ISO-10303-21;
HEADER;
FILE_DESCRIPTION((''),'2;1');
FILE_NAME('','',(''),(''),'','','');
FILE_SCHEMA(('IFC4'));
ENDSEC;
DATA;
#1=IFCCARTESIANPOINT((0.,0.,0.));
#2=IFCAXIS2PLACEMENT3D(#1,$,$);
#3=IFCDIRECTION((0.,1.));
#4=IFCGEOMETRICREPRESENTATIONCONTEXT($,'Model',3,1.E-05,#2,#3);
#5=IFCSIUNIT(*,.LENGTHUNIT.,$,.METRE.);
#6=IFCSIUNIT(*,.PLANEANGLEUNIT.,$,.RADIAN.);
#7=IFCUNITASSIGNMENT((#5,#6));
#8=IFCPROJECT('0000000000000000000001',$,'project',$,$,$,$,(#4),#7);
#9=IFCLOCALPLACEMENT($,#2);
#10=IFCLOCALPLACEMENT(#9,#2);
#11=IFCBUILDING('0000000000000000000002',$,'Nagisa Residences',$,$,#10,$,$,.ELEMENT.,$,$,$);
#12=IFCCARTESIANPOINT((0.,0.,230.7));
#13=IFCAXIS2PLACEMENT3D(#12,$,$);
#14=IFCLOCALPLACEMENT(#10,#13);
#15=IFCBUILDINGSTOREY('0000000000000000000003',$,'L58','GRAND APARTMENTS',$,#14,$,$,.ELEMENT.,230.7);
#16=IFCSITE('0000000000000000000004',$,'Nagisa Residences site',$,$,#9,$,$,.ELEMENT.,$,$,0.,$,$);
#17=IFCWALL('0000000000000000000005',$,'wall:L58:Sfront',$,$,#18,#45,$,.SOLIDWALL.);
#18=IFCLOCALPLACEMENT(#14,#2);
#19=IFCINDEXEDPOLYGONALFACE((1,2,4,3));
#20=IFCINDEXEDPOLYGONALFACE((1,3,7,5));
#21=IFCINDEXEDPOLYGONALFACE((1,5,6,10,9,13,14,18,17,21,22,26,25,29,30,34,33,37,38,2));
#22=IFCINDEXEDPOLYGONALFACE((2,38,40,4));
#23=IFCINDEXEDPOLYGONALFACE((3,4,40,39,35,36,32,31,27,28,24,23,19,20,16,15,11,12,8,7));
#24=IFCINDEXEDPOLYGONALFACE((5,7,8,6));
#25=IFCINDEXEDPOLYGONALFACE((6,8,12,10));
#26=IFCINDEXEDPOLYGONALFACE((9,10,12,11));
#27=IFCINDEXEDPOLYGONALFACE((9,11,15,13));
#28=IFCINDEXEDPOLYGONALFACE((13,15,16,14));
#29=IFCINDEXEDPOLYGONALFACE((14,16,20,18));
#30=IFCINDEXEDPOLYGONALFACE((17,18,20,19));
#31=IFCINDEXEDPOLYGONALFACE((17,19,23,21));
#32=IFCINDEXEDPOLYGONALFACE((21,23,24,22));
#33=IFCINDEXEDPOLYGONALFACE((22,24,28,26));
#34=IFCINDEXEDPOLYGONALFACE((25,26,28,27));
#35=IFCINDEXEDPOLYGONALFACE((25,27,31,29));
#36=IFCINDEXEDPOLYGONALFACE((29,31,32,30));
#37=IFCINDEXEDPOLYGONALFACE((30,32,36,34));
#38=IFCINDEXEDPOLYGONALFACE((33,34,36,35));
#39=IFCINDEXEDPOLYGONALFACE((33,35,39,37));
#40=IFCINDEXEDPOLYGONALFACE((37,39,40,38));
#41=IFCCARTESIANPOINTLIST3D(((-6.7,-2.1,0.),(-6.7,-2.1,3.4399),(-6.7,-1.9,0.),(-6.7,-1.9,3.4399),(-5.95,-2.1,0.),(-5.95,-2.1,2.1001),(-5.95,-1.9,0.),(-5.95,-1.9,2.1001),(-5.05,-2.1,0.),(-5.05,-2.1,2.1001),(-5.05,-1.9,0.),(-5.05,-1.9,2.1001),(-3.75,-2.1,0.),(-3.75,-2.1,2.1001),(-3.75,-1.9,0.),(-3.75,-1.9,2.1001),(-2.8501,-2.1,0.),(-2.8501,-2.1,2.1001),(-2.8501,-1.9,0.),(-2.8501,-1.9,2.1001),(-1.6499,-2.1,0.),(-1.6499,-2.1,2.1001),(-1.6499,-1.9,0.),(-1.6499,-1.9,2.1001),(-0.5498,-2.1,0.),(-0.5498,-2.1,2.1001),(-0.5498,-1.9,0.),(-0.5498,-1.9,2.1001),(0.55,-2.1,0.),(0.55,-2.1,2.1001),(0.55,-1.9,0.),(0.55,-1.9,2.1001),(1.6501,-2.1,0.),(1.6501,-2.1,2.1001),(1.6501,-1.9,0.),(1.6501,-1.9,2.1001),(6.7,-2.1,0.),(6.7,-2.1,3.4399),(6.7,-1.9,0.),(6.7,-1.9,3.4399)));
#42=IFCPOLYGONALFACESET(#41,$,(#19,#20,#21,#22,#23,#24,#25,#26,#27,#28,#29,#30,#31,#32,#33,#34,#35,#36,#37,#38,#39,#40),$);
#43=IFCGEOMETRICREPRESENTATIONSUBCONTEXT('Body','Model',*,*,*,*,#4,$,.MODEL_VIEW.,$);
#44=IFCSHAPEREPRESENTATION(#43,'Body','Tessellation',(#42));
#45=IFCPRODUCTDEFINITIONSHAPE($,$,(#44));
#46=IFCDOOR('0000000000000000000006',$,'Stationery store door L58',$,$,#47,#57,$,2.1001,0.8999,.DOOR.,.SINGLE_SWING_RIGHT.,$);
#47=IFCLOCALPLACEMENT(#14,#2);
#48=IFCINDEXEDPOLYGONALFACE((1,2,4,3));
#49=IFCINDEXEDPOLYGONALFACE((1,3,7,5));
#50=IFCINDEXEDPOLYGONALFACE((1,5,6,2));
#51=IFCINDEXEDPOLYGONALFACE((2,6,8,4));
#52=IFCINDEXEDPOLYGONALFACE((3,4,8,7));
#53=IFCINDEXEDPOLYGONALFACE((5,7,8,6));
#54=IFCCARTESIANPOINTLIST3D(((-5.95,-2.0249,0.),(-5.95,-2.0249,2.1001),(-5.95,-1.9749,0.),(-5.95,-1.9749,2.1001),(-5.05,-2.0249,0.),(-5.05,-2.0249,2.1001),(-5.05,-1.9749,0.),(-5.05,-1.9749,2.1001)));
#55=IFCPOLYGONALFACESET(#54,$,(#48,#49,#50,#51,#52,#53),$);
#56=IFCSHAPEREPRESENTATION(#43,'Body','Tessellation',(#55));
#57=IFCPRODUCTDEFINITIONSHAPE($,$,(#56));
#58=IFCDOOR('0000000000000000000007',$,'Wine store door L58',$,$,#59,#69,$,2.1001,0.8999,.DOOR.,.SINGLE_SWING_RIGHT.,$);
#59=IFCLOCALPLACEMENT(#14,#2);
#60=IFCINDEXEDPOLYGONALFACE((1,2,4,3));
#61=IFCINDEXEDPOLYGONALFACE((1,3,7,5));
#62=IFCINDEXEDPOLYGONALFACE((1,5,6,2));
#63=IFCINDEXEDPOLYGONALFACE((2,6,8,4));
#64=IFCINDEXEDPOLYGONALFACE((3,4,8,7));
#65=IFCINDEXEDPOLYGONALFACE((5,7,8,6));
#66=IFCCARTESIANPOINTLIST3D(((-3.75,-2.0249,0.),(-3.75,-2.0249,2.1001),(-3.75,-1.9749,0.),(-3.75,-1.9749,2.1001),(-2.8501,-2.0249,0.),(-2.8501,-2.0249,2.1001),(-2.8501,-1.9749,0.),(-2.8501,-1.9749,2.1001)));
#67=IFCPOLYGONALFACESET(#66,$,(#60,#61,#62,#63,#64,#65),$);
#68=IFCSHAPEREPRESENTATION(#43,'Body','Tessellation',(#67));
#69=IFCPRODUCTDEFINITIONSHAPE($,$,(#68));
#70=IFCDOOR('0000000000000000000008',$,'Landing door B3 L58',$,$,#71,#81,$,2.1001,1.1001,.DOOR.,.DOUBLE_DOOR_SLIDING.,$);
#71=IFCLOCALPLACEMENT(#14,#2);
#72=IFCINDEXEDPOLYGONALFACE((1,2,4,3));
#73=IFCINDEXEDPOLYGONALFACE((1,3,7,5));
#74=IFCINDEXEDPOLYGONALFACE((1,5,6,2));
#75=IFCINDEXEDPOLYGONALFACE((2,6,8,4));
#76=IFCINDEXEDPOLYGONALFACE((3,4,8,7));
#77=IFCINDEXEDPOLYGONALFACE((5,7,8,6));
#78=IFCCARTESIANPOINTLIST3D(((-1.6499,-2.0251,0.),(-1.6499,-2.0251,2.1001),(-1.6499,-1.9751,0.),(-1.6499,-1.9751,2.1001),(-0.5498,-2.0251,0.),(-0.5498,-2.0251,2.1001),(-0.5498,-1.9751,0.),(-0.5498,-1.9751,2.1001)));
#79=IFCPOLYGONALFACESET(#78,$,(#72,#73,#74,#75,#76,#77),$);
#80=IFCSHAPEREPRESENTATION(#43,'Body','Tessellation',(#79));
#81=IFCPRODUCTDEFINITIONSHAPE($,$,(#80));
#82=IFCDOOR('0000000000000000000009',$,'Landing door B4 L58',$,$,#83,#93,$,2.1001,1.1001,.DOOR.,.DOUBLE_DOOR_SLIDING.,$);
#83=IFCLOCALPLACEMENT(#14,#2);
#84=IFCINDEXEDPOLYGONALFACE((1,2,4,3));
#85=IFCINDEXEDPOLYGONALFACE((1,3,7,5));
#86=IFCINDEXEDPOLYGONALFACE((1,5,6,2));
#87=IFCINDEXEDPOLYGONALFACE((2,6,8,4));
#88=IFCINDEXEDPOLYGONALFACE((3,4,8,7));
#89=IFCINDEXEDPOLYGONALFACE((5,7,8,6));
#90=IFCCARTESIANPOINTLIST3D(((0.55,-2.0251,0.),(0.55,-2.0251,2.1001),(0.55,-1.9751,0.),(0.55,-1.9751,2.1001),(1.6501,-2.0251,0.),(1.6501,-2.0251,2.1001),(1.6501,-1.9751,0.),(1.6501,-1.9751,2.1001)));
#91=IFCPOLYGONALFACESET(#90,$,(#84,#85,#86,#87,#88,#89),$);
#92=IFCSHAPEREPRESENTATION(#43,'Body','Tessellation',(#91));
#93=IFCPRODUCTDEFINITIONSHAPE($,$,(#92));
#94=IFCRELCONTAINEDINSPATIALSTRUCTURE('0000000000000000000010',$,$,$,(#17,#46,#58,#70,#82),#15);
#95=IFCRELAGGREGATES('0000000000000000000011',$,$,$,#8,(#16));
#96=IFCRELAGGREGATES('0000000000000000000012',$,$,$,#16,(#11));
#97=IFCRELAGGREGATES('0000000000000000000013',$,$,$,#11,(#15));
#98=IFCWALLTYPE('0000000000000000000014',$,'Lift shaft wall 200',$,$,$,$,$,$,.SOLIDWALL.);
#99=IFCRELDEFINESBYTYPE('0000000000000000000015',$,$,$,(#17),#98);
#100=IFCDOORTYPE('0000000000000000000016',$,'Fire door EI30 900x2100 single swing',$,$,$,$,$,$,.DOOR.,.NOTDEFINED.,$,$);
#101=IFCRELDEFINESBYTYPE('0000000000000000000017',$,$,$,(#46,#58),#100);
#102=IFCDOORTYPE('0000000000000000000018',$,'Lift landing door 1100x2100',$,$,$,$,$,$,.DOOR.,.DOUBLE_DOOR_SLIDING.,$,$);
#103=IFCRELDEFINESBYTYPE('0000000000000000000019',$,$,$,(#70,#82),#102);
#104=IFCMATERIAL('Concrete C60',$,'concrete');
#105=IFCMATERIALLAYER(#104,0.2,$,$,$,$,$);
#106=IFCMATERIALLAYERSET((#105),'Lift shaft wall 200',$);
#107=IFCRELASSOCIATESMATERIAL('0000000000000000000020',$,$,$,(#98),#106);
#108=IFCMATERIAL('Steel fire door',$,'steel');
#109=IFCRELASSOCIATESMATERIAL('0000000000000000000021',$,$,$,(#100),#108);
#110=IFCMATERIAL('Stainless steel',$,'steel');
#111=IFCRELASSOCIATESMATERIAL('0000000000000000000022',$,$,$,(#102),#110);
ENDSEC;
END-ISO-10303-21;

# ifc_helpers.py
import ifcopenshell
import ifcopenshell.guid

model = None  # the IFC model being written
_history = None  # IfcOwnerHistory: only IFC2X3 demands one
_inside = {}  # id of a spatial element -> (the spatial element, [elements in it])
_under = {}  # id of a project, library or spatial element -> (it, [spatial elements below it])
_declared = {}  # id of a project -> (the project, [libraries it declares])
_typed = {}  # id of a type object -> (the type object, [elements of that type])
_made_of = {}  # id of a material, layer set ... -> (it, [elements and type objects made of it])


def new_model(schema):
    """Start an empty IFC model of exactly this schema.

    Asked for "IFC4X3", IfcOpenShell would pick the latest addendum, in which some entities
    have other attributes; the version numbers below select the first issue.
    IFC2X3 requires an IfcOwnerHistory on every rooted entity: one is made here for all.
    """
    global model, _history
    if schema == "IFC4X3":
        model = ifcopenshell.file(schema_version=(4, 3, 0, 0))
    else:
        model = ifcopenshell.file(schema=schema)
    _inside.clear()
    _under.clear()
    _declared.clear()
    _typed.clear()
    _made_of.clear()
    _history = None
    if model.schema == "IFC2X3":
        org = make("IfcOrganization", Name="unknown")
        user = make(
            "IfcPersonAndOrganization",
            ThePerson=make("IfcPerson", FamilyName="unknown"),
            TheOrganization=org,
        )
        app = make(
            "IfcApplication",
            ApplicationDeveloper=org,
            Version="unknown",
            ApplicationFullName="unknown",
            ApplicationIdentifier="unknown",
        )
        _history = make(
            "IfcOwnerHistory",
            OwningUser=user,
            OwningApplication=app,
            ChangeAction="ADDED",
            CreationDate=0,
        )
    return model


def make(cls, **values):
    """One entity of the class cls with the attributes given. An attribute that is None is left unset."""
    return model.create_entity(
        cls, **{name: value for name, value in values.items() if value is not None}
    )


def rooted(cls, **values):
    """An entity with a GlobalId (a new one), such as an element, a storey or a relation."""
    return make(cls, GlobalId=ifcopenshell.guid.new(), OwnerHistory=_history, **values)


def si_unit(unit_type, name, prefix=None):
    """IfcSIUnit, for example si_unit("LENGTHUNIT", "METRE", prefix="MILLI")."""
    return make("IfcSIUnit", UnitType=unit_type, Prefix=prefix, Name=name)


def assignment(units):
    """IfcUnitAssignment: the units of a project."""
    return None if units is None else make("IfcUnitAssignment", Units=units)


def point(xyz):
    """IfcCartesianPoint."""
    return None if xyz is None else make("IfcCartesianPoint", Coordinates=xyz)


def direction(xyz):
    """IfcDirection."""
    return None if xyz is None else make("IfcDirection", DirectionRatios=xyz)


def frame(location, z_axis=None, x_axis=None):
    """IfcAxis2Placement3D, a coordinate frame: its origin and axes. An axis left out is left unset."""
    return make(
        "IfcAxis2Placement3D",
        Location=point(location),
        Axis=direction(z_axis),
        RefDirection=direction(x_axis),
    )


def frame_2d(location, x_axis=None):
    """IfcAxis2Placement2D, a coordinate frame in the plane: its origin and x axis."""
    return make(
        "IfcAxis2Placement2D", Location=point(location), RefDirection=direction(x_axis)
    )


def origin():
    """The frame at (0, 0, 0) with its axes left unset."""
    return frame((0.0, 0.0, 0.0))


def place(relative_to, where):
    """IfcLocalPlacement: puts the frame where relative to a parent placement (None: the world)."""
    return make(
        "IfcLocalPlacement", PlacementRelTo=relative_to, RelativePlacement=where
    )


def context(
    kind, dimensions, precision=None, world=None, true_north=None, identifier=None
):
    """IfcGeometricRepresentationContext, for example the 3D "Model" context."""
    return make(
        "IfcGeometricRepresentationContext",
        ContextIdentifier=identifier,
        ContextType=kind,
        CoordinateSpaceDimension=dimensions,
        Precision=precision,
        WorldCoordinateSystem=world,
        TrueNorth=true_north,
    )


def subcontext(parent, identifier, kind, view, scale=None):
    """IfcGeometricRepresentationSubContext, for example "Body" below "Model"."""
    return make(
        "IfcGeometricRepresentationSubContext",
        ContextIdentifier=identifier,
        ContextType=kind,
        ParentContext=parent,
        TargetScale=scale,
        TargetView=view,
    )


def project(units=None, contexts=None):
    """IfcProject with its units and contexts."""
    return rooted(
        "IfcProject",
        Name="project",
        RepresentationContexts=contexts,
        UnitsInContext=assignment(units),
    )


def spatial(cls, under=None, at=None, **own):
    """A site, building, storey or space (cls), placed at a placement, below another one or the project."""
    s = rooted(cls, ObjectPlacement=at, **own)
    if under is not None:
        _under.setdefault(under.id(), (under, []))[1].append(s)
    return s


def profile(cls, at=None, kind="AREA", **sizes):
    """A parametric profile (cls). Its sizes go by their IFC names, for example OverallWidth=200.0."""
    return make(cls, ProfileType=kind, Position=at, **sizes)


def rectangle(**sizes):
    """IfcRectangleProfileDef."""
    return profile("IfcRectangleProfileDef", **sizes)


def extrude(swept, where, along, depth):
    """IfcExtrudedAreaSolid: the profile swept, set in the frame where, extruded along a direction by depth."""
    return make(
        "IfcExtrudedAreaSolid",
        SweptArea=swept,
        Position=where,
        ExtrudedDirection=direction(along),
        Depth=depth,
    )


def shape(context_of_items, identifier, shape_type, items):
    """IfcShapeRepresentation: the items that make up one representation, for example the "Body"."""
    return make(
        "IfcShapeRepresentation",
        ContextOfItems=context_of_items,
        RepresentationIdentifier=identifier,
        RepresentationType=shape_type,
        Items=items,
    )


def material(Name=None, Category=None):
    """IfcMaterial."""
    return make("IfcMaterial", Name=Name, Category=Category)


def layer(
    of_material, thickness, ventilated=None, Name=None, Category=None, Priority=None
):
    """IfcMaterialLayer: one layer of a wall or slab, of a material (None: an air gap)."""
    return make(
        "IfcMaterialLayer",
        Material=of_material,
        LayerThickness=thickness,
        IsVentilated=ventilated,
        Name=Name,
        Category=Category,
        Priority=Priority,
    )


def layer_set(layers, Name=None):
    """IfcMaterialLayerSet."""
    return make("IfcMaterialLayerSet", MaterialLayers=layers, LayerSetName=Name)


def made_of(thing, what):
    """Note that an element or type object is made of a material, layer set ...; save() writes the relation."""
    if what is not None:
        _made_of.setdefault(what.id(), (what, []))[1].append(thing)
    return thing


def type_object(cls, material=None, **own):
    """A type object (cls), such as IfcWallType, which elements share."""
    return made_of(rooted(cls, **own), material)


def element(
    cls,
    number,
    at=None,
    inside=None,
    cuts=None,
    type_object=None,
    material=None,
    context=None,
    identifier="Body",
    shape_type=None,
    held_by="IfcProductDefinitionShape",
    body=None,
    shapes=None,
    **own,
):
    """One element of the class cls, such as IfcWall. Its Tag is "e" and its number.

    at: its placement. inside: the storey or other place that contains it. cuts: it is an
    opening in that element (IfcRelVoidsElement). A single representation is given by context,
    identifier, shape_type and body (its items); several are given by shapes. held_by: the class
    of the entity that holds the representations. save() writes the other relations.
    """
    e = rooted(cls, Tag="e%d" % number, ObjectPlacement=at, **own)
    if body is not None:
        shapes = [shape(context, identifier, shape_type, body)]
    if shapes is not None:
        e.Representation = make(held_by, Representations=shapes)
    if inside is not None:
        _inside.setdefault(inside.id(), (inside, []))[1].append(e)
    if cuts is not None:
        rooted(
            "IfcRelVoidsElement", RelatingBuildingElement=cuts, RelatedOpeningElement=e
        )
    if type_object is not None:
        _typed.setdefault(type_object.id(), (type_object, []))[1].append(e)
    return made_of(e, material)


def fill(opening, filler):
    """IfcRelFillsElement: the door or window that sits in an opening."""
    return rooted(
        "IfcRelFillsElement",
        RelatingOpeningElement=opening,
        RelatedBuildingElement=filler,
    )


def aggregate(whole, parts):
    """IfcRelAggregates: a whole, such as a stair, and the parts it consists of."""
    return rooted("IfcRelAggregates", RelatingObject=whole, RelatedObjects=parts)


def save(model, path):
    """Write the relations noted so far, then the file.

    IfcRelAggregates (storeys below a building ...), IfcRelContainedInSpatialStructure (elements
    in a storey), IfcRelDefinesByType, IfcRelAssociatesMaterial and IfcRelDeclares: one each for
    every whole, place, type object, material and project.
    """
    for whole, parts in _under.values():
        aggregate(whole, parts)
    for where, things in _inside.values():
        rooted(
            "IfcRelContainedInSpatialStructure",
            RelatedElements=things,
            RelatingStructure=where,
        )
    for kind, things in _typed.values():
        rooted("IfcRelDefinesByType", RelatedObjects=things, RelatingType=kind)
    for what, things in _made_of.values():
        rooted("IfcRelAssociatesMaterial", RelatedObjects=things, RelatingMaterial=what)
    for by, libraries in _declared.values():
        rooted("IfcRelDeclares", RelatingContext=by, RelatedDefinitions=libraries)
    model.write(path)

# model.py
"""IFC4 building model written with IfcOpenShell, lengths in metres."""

from ifc_helpers import new_model, si_unit, direction, frame, frame_2d, origin, place, context, subcontext, project, spatial, rectangle, extrude, material, layer, layer_set, type_object, element, fill, save


model = new_model("IFC4")

# Units and contexts
model_context = context("Model", 3, precision=1e-05, world=origin(), true_north=direction((0.0, 1.0)))
body_context = subcontext(model_context, "Body", "Model", "MODEL_VIEW")
ifc_project = project(units=[si_unit("LENGTHUNIT", "METRE"), si_unit("PLANEANGLEUNIT", "RADIAN")], contexts=[model_context])

# Site, building, storey
site_placement = place(None, origin())
site = spatial("IfcSite", under=ifc_project, at=site_placement, Name="Nagisa Residences site", CompositionType="ELEMENT", RefElevation=0.0)
building_placement = place(site_placement, origin())
building = spatial("IfcBuilding", under=site, at=building_placement, Name="Nagisa Residences", CompositionType="ELEMENT")
storey_placement = place(building_placement, frame((0.0, 0.0, 230.7)))
storey = spatial("IfcBuildingStorey", under=building, at=storey_placement, Name="L58", Description="GRAND APARTMENTS", CompositionType="ELEMENT", Elevation=230.7)

# Wall, openings, doors
ifc_material_1 = material(Name="Concrete C60", Category="concrete")
ifc_layer_1 = layer(ifc_material_1, 0.2)
ifc_layer_set_1 = layer_set([ifc_layer_1], Name="Lift shaft wall 200")
wall_type_1 = type_object("IfcWallType", Name="Lift shaft wall 200", PredefinedType="SOLIDWALL", material=ifc_layer_set_1)
wall_1_placement = place(storey_placement, frame((-6.7, -2.0, 0.0), z_axis=(0.0, 0.0, 1.0), x_axis=(1.0, 0.0, 0.0)))
wall_1 = element("IfcWall", 1, at=wall_1_placement, inside=storey, type_object=wall_type_1, Name="wall:L58:Sfront", PredefinedType="SOLIDWALL", context=body_context, shape_type="SweptSolid", body=[
    extrude(rectangle(XDim=13.3999, YDim=0.2, at=frame_2d((6.7, 0.0))), origin(), (0.0, 0.0, 1.0), 3.4399),
])
opening_1_placement = place(wall_1_placement, frame((5.05, 0.0, 0.0)))
opening_1 = element("IfcOpeningElement", 2, at=opening_1_placement, cuts=wall_1, PredefinedType="OPENING", context=body_context, shape_type="SweptSolid", body=[
    extrude(rectangle(XDim=1.1001, YDim=2.1001, at=frame_2d((0.55, 1.05))), frame((0.0, 0.1099, 0.0), z_axis=(0.0, -1.0, 0.0), x_axis=(1.0, 0.0, 0.0)), (0.0, 0.0, 1.0), 0.22),
])
opening_2_placement = place(wall_1_placement, frame((7.25, 0.0, 0.0)))
opening_2 = element("IfcOpeningElement", 3, at=opening_2_placement, cuts=wall_1, PredefinedType="OPENING", context=body_context, shape_type="SweptSolid", body=[
    extrude(rectangle(XDim=1.1001, YDim=2.1001, at=frame_2d((0.55, 1.05))), frame((0.0, 0.1099, 0.0), z_axis=(0.0, -1.0, 0.0), x_axis=(1.0, 0.0, 0.0)), (0.0, 0.0, 1.0), 0.22),
])
opening_3_placement = place(wall_1_placement, frame((0.75, 0.0, 0.0)))
opening_3 = element("IfcOpeningElement", 4, at=opening_3_placement, cuts=wall_1, PredefinedType="OPENING", context=body_context, shape_type="SweptSolid", body=[
    extrude(rectangle(XDim=0.8999, YDim=2.1001, at=frame_2d((0.45, 1.05))), frame((0.0, 0.1099, 0.0), z_axis=(0.0, -1.0, 0.0), x_axis=(1.0, 0.0, 0.0)), (0.0, 0.0, 1.0), 0.22),
])
opening_4_placement = place(wall_1_placement, frame((2.95, 0.0, 0.0)))
opening_4 = element("IfcOpeningElement", 5, at=opening_4_placement, cuts=wall_1, PredefinedType="OPENING", context=body_context, shape_type="SweptSolid", body=[
    extrude(rectangle(XDim=0.8999, YDim=2.1001, at=frame_2d((0.45, 1.05))), frame((0.0, 0.1099, 0.0), z_axis=(0.0, -1.0, 0.0), x_axis=(1.0, 0.0, 0.0)), (0.0, 0.0, 1.0), 0.22),
])
ifc_material_2 = material(Name="Steel fire door", Category="steel")
door_type_1 = type_object("IfcDoorType", Name="Fire door EI30 900x2100 single swing", OperationType="NOTDEFINED", PredefinedType="DOOR", material=ifc_material_2)
door_1_placement = place(opening_3_placement, frame((0.8999, 0.0, 0.0), x_axis=(-1.0, 0.0, 0.0)))
door_1 = element("IfcDoor", 6, at=door_1_placement, inside=storey, type_object=door_type_1, Name="Stationery store door L58", OperationType="SINGLE_SWING_RIGHT", OverallHeight=2.1001, OverallWidth=0.8999, PredefinedType="DOOR", context=body_context, shape_type="SweptSolid", body=[
    extrude(rectangle(XDim=0.8999, YDim=2.1001, at=frame_2d((0.45, 1.05))), frame((0.0, 0.0249, 0.0), z_axis=(0.0, -1.0, 0.0), x_axis=(1.0, 0.0, 0.0)), (0.0, 0.0, 1.0), 0.05),
])
fill(opening_3, door_1)
door_2_placement = place(opening_4_placement, frame((0.8999, 0.0, 0.0), x_axis=(-1.0, 0.0, 0.0)))
door_2 = element("IfcDoor", 7, at=door_2_placement, inside=storey, type_object=door_type_1, Name="Wine store door L58", OperationType="SINGLE_SWING_RIGHT", OverallHeight=2.1001, OverallWidth=0.8999, PredefinedType="DOOR", context=body_context, shape_type="SweptSolid", body=[
    extrude(rectangle(XDim=0.8999, YDim=2.1001, at=frame_2d((0.45, 1.05))), frame((0.0, 0.0249, 0.0), z_axis=(0.0, -1.0, 0.0), x_axis=(1.0, 0.0, 0.0)), (0.0, 0.0, 1.0), 0.05),
])
fill(opening_4, door_2)
ifc_material_3 = material(Name="Stainless steel", Category="steel")
door_type_2 = type_object("IfcDoorType", Name="Lift landing door 1100x2100", OperationType="DOUBLE_DOOR_SLIDING", PredefinedType="DOOR", material=ifc_material_3)
door_3_placement = place(opening_1_placement, origin())
door_3 = element("IfcDoor", 8, at=door_3_placement, inside=storey, type_object=door_type_2, Name="Landing door B3 L58", OperationType="DOUBLE_DOOR_SLIDING", OverallHeight=2.1001, OverallWidth=1.1001, PredefinedType="DOOR", context=body_context, shape_type="SweptSolid", body=[
    extrude(rectangle(XDim=1.1001, YDim=2.1001, at=frame_2d((0.55, 1.05))), frame((0.0, 0.0249, 0.0), z_axis=(0.0, -1.0, 0.0), x_axis=(1.0, 0.0, 0.0)), (0.0, 0.0, 1.0), 0.05),
])
fill(opening_1, door_3)
door_4_placement = place(opening_2_placement, origin())
door_4 = element("IfcDoor", 9, at=door_4_placement, inside=storey, type_object=door_type_2, Name="Landing door B4 L58", OperationType="DOUBLE_DOOR_SLIDING", OverallHeight=2.1001, OverallWidth=1.1001, PredefinedType="DOOR", context=body_context, shape_type="SweptSolid", body=[
    extrude(rectangle(XDim=1.1001, YDim=2.1001, at=frame_2d((0.55, 1.05))), frame((0.0, 0.0249, 0.0), z_axis=(0.0, -1.0, 0.0), x_axis=(1.0, 0.0, 0.0)), (0.0, 0.0, 1.0), 0.05),
])
fill(opening_2, door_4)

save(model, "model.ifc")
